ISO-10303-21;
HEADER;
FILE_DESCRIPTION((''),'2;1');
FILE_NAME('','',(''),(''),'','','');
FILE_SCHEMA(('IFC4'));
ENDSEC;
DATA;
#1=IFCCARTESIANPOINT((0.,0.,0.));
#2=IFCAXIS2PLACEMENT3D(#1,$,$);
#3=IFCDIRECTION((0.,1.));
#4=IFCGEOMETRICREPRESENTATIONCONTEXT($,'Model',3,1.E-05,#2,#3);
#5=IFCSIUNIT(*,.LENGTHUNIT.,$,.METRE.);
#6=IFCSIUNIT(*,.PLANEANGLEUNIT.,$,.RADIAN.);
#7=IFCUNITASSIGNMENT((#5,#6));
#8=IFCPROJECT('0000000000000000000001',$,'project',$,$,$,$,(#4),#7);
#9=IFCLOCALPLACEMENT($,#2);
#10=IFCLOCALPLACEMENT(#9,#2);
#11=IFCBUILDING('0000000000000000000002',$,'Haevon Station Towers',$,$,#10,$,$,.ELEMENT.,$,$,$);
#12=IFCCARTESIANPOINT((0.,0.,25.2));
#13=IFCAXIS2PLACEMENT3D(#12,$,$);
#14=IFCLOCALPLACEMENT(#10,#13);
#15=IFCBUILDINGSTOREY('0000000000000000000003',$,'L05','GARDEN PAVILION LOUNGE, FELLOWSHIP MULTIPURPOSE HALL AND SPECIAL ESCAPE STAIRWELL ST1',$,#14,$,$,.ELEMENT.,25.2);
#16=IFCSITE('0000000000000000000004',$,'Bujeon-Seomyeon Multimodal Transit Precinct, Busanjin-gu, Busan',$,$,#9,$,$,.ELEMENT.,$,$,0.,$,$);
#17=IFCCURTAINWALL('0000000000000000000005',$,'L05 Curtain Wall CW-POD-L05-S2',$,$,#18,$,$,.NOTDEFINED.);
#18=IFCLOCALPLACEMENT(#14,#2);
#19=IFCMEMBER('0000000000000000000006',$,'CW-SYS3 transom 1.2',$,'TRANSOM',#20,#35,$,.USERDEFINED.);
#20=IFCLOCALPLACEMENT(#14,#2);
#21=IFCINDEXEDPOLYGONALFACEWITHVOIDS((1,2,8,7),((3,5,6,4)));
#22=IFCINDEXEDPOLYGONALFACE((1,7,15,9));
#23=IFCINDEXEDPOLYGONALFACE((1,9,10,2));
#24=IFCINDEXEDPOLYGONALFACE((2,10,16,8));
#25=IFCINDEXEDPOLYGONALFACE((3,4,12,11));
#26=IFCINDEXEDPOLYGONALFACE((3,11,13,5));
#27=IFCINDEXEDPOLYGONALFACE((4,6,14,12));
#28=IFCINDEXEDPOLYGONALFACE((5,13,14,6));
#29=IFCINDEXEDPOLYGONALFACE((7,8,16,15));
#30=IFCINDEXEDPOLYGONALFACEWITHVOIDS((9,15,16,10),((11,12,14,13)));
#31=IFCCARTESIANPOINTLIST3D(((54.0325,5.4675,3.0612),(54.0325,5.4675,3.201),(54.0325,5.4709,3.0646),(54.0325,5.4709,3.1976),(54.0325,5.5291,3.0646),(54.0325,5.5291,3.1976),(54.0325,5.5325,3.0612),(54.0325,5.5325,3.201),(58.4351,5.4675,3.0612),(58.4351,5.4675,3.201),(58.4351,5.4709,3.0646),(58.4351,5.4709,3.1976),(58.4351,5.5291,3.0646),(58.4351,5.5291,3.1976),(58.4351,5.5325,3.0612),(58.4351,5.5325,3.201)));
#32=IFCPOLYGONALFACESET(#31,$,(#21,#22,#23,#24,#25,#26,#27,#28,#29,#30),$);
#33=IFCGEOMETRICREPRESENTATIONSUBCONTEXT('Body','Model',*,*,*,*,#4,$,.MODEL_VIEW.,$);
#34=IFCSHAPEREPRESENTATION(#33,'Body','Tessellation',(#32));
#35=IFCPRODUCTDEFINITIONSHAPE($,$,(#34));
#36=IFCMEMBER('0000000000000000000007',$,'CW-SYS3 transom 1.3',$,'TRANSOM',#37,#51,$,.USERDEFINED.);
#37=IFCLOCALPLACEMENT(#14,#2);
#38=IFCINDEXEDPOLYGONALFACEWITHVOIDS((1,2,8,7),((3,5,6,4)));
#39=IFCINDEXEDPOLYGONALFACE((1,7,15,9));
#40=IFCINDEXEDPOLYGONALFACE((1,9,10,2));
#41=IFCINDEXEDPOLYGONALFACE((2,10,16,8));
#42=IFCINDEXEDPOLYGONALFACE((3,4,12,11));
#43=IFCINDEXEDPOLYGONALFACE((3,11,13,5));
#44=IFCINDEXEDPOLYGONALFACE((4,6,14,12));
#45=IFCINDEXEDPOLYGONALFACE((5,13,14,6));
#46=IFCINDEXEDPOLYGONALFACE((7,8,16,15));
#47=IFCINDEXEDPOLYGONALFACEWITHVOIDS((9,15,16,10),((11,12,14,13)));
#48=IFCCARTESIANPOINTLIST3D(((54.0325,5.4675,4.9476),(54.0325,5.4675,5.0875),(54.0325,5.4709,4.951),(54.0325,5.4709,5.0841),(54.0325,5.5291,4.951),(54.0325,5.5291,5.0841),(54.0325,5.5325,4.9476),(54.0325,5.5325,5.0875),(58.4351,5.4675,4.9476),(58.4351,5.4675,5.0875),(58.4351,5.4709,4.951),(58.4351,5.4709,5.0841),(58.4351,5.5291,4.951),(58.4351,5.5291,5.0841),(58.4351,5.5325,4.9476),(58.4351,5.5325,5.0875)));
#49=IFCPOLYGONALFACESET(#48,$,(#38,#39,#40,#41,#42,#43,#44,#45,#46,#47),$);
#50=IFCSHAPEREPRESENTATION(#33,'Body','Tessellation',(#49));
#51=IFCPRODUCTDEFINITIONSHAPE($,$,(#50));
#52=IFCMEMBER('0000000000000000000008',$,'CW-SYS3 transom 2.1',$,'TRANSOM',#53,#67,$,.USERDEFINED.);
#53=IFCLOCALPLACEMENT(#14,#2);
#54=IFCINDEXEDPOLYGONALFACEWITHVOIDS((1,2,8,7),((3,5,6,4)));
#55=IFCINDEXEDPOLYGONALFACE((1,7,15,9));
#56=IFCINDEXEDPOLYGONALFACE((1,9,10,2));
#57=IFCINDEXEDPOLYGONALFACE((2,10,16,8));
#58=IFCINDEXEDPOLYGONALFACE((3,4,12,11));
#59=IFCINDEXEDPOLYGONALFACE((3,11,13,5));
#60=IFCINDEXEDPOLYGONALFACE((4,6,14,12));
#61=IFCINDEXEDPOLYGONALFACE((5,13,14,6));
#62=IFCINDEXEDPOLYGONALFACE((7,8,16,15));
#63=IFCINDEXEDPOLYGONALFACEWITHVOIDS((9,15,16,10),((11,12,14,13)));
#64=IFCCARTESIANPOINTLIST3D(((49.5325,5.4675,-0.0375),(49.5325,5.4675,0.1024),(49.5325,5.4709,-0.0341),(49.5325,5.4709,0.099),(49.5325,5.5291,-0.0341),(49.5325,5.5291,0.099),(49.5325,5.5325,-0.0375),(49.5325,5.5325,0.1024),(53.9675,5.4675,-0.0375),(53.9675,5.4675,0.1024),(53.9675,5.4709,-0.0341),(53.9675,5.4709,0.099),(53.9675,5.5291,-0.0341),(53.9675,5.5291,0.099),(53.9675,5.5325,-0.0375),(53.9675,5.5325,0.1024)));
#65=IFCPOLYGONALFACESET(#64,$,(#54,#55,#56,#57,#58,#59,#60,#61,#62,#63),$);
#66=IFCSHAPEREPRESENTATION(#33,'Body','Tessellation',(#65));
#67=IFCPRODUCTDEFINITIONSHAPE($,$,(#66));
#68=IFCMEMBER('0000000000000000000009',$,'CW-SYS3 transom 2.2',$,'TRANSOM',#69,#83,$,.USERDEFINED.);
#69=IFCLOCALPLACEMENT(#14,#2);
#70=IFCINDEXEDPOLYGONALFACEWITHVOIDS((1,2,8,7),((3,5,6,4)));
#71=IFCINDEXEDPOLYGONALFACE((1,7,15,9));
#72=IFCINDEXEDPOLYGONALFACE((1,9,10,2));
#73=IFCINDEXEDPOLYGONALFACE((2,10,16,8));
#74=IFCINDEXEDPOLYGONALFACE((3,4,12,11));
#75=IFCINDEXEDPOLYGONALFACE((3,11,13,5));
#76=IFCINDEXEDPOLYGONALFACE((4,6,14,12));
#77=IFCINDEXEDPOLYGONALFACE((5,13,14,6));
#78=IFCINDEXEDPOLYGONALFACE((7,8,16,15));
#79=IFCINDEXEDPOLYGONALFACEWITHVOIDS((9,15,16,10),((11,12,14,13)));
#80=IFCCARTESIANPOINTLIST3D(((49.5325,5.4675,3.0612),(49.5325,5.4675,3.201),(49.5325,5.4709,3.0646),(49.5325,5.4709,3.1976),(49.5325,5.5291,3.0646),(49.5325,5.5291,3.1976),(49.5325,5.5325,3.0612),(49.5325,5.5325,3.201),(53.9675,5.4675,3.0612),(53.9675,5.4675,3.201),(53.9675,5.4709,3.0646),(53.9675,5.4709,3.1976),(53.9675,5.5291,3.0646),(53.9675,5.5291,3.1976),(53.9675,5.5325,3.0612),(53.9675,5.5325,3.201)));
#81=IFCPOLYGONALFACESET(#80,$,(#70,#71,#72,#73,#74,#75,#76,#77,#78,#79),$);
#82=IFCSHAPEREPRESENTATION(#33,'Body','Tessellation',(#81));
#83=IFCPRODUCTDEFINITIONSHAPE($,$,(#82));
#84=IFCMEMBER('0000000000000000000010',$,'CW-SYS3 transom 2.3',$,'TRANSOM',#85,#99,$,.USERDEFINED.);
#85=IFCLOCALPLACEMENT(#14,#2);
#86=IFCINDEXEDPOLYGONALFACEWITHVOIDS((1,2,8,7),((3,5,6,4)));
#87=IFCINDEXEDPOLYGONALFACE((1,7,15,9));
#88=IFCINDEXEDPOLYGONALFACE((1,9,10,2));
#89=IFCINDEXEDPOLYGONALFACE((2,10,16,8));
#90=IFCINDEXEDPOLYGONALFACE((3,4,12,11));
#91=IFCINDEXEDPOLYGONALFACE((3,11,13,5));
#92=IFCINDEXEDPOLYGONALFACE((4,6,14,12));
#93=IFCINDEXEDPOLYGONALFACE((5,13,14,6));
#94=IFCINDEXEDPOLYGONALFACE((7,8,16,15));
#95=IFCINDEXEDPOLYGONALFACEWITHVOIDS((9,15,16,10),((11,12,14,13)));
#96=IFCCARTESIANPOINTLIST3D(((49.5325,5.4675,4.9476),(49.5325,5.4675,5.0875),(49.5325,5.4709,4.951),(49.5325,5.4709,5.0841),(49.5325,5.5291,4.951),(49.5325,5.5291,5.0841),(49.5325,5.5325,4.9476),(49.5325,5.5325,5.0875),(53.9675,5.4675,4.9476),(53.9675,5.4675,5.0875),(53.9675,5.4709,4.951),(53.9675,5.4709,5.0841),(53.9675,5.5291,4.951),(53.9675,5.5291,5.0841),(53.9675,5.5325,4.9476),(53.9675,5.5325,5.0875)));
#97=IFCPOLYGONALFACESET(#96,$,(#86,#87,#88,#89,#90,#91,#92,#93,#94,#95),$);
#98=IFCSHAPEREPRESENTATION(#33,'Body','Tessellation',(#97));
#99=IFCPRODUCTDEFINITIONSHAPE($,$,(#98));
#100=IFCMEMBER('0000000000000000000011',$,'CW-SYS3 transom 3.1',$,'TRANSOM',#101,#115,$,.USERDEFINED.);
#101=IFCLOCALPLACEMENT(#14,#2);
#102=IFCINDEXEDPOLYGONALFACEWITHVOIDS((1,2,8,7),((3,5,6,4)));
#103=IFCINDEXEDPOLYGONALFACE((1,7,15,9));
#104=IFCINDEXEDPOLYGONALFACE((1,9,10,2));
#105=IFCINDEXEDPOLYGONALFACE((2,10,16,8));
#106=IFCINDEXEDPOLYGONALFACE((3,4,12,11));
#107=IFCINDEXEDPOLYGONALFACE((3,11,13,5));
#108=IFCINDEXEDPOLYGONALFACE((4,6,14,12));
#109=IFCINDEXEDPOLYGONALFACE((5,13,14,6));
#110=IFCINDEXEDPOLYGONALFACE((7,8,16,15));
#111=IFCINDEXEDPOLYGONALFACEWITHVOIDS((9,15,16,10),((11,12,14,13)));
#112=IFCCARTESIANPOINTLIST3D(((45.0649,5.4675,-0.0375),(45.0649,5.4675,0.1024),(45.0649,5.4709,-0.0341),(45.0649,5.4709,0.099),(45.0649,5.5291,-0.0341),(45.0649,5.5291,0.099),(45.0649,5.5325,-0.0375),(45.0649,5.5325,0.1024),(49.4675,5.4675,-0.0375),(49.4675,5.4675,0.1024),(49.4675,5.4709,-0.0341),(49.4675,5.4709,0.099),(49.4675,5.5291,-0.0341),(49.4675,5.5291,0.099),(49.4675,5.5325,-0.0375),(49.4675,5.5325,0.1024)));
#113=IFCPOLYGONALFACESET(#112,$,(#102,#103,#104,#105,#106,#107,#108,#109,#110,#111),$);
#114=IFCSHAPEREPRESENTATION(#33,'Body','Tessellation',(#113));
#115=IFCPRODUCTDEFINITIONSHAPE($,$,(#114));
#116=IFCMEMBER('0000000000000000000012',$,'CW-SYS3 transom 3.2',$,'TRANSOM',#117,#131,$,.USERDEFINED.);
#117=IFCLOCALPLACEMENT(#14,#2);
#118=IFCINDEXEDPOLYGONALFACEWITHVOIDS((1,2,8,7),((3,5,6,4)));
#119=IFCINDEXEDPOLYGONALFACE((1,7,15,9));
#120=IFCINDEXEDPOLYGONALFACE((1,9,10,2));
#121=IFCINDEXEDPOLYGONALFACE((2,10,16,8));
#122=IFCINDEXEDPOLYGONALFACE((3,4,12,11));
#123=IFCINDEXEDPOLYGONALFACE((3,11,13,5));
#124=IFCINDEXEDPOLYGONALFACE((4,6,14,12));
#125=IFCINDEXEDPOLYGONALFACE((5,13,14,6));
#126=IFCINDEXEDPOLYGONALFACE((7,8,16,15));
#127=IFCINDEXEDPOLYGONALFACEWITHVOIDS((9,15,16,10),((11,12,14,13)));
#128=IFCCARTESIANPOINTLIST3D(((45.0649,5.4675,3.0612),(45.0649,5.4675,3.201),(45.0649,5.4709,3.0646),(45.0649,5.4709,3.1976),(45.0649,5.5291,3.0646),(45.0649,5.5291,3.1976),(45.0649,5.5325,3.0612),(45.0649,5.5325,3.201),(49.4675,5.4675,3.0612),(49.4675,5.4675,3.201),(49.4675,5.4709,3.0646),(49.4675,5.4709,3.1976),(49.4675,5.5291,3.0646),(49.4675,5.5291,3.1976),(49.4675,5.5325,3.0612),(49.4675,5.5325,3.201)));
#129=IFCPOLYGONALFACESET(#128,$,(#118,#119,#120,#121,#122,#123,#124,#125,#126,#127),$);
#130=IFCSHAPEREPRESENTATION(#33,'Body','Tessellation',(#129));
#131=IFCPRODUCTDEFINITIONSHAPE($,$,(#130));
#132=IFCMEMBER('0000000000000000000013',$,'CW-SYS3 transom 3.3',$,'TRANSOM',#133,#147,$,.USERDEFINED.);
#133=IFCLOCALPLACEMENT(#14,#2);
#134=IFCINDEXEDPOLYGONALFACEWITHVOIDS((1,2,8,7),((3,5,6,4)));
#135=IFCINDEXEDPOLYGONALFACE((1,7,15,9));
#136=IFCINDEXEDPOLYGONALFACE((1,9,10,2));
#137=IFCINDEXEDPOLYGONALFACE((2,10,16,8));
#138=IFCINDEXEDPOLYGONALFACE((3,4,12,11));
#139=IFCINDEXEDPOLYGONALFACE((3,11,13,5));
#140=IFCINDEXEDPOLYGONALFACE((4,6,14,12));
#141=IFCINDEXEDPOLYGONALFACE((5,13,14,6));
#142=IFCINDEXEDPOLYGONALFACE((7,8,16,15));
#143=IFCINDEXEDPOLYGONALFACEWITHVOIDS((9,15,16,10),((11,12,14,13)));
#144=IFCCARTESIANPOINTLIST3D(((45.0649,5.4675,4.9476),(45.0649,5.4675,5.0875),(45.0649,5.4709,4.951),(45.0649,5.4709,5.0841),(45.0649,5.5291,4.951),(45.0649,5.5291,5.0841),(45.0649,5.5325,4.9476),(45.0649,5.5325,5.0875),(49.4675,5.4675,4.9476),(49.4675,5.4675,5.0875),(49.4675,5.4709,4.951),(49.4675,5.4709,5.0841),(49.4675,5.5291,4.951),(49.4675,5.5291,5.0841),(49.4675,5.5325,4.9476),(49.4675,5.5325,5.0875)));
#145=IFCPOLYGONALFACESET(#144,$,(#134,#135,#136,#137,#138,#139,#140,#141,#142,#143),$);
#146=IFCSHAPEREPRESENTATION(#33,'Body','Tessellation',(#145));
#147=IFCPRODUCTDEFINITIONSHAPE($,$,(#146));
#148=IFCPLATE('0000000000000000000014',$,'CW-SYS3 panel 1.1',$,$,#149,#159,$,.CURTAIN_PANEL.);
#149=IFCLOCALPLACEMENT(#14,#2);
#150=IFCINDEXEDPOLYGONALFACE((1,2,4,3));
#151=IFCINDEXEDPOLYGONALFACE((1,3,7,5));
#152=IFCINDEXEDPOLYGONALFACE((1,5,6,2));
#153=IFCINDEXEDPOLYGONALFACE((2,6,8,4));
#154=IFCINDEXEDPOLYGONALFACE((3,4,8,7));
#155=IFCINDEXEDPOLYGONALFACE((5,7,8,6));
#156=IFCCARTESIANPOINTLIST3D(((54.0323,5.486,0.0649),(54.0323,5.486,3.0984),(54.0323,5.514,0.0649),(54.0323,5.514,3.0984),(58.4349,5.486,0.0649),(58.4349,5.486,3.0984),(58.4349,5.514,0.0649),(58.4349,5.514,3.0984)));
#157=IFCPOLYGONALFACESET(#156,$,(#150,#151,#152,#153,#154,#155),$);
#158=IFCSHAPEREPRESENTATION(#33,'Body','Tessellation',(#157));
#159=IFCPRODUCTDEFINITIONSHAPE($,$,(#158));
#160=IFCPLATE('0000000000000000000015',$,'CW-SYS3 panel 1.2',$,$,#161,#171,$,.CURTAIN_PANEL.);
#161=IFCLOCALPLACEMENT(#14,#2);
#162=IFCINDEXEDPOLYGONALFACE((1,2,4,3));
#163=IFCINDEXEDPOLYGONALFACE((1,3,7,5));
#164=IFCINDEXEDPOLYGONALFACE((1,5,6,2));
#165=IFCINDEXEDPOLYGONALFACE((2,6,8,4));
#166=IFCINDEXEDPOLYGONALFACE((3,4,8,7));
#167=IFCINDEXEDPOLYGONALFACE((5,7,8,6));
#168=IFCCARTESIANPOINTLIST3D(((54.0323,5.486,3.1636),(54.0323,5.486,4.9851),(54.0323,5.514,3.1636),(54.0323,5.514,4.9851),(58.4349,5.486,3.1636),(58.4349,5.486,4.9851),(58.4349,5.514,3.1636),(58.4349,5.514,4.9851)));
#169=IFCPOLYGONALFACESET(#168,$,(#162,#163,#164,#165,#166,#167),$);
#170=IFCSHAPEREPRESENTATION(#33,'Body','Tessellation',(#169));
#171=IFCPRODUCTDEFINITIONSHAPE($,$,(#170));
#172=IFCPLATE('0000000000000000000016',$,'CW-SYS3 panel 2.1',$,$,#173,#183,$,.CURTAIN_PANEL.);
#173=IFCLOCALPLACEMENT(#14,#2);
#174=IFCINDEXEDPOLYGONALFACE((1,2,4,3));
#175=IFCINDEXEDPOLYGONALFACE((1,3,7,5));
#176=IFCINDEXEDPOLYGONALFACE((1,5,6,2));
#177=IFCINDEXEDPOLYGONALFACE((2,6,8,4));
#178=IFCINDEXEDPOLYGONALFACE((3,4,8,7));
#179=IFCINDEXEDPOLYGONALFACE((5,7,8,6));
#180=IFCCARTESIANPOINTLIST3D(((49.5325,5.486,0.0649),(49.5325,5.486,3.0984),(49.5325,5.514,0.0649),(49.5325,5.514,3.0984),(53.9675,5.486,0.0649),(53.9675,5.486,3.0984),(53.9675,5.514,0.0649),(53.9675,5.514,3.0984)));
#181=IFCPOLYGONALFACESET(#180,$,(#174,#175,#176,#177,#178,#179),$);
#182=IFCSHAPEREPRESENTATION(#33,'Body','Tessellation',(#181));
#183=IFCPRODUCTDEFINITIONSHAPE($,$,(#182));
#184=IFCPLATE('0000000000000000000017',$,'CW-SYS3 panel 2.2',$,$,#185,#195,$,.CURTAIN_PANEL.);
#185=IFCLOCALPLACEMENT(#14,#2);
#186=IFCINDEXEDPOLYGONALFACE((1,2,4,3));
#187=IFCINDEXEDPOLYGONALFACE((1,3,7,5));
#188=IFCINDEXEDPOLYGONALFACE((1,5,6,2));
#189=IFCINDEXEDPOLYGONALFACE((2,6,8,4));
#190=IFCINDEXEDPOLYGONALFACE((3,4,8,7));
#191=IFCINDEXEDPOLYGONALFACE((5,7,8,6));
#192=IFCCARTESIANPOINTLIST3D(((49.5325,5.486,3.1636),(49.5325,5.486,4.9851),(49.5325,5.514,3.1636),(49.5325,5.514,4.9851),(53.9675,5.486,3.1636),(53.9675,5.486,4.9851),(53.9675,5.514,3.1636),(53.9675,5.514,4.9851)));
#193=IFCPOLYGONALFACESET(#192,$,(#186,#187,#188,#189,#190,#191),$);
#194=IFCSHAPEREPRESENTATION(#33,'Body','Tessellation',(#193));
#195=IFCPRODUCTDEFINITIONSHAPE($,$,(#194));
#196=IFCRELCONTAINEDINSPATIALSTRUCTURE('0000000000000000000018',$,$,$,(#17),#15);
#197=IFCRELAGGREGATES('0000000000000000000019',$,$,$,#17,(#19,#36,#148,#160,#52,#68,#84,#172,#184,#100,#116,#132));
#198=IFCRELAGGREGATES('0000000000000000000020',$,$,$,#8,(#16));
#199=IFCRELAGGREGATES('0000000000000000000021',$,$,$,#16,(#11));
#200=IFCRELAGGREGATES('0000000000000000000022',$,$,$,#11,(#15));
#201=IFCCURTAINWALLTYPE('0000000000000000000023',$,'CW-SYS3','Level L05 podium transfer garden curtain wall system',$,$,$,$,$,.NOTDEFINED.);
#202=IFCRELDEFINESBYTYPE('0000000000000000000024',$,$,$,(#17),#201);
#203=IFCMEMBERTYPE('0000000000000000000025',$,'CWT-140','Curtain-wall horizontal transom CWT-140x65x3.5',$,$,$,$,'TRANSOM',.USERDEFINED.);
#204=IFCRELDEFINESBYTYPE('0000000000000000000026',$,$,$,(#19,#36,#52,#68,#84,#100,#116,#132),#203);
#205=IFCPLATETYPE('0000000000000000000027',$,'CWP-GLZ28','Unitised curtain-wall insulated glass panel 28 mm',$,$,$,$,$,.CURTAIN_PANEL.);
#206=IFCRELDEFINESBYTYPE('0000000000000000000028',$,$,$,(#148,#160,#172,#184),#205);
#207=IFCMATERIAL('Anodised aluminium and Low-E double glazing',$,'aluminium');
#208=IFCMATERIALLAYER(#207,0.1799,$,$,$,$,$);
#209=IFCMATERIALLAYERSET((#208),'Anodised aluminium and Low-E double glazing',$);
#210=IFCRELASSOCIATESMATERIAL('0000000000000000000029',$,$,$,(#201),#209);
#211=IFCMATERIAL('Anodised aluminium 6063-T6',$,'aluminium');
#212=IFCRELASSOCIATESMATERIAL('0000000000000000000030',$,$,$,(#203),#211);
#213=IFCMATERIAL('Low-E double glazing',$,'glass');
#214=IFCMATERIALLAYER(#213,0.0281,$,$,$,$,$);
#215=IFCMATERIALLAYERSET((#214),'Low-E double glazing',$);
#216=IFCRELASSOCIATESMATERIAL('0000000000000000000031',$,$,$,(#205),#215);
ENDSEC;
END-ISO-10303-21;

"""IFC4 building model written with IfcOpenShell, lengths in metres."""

from ifc_helpers import new_model, si_unit, direction, frame, origin, origin_2d, place, context, subcontext, project, spatial, rectangle, hollow_rectangle, extrude, material, layer, layer_set, material_profile, profile_set, type_object, element, aggregate, save


model = new_model("IFC4")

# Units and contexts
model_context = context("Model", 3, precision=1e-05, world=origin(), true_north=direction((0.0, 1.0)))
body_context = subcontext(model_context, "Body", "Model", "MODEL_VIEW")
ifc_project = project(units=[si_unit("LENGTHUNIT", "METRE"), si_unit("PLANEANGLEUNIT", "RADIAN")], contexts=[model_context])

# Site, building, storey
site_placement = place(None, origin())
site = spatial("IfcSite", under=ifc_project, at=site_placement, Name="Bujeon-Seomyeon Multimodal Transit Precinct, Busanjin-gu, Busan", CompositionType="ELEMENT", RefElevation=0.0)
building_placement = place(site_placement, origin())
building = spatial("IfcBuilding", under=site, at=building_placement, Name="Haevon Station Towers", CompositionType="ELEMENT")
storey_placement = place(building_placement, frame((0.0, 0.0, 25.2)))
storey = spatial("IfcBuildingStorey", under=building, at=storey_placement, Name="L05", Description="GARDEN PAVILION LOUNGE, FELLOWSHIP MULTIPURPOSE HALL AND SPECIAL ESCAPE STAIRWELL ST1", CompositionType="ELEMENT", Elevation=25.2)

# Curtain wall, members, plates
ifc_material_1 = material(Name="Anodised aluminium and Low-E double glazing", Category="aluminium")
ifc_layer_1 = layer(ifc_material_1, 0.1799)
ifc_layer_set_1 = layer_set([ifc_layer_1], Name="Anodised aluminium and Low-E double glazing")
curtain_wall_type = type_object("IfcCurtainWallType", Name="CW-SYS3", Description="Level L05 podium transfer garden curtain wall system", PredefinedType="NOTDEFINED", material=ifc_layer_set_1)
curtain_wall_placement = place(storey_placement, origin())
curtain_wall = element("IfcCurtainWall", 1, at=curtain_wall_placement, inside=storey, type_object=curtain_wall_type, Name="L05 Curtain Wall CW-POD-L05-S2", PredefinedType="NOTDEFINED")
ifc_material_2 = material(Name="Anodised aluminium 6063-T6", Category="aluminium")
ifc_material_profile_1 = material_profile(ifc_material_2, hollow_rectangle(XDim=0.0649, YDim=0.1399, WallThickness=0.0034, at=origin_2d()), Name="CWT-140x65x3.5")
ifc_profile_set_1 = profile_set([ifc_material_profile_1], Name="Anodised aluminium 6063-T6")
member_type_1 = type_object("IfcMemberType", Name="CWT-140", Description="Curtain-wall horizontal transom CWT-140x65x3.5", ElementType="TRANSOM", PredefinedType="USERDEFINED", material=ifc_profile_set_1)
member_1_placement = place(storey_placement, frame((58.4351, 5.5, 3.1311), z_axis=(-1.0, 0.0, 0.0), x_axis=(0.0, -1.0, 0.0)))
member_1 = element("IfcMember", 2, at=member_1_placement, type_object=member_type_1, Name="CW-SYS3 transom 1.2", ObjectType="TRANSOM", PredefinedType="USERDEFINED", context=body_context, shape_type="SweptSolid", body=[
    extrude(hollow_rectangle(XDim=0.0649, YDim=0.1399, WallThickness=0.0034, at=origin_2d()), origin(), (0.0, 0.0, 1.0), 4.4026),
])
member_2_placement = place(storey_placement, frame((58.4351, 5.5, 5.0176), z_axis=(-1.0, 0.0, 0.0), x_axis=(0.0, -1.0, 0.0)))
member_2 = element("IfcMember", 3, at=member_2_placement, type_object=member_type_1, Name="CW-SYS3 transom 1.3", ObjectType="TRANSOM", PredefinedType="USERDEFINED", context=body_context, shape_type="SweptSolid", body=[
    extrude(hollow_rectangle(XDim=0.0649, YDim=0.1399, WallThickness=0.0034, at=origin_2d()), origin(), (0.0, 0.0, 1.0), 4.4026),
])
member_3_placement = place(storey_placement, frame((53.9675, 5.5, 0.0325), z_axis=(-1.0, 0.0, 0.0), x_axis=(0.0, -1.0, 0.0)))
member_3 = element("IfcMember", 4, at=member_3_placement, type_object=member_type_1, Name="CW-SYS3 transom 2.1", ObjectType="TRANSOM", PredefinedType="USERDEFINED", context=body_context, shape_type="SweptSolid", body=[
    extrude(hollow_rectangle(XDim=0.0649, YDim=0.1399, WallThickness=0.0034, at=origin_2d()), origin(), (0.0, 0.0, 1.0), 4.4351),
])
member_4_placement = place(storey_placement, frame((53.9675, 5.5, 3.1311), z_axis=(-1.0, 0.0, 0.0), x_axis=(0.0, -1.0, 0.0)))
member_4 = element("IfcMember", 5, at=member_4_placement, type_object=member_type_1, Name="CW-SYS3 transom 2.2", ObjectType="TRANSOM", PredefinedType="USERDEFINED", context=body_context, shape_type="SweptSolid", body=[
    extrude(hollow_rectangle(XDim=0.0649, YDim=0.1399, WallThickness=0.0034, at=origin_2d()), origin(), (0.0, 0.0, 1.0), 4.4351),
])
member_5_placement = place(storey_placement, frame((53.9675, 5.5, 5.0176), z_axis=(-1.0, 0.0, 0.0), x_axis=(0.0, -1.0, 0.0)))
member_5 = element("IfcMember", 6, at=member_5_placement, type_object=member_type_1, Name="CW-SYS3 transom 2.3", ObjectType="TRANSOM", PredefinedType="USERDEFINED", context=body_context, shape_type="SweptSolid", body=[
    extrude(hollow_rectangle(XDim=0.0649, YDim=0.1399, WallThickness=0.0034, at=origin_2d()), origin(), (0.0, 0.0, 1.0), 4.4351),
])
member_6_placement = place(storey_placement, frame((49.4675, 5.5, 0.0325), z_axis=(-1.0, 0.0, 0.0), x_axis=(0.0, -1.0, 0.0)))
member_6 = element("IfcMember", 7, at=member_6_placement, type_object=member_type_1, Name="CW-SYS3 transom 3.1", ObjectType="TRANSOM", PredefinedType="USERDEFINED", context=body_context, shape_type="SweptSolid", body=[
    extrude(hollow_rectangle(XDim=0.0649, YDim=0.1399, WallThickness=0.0034, at=origin_2d()), origin(), (0.0, 0.0, 1.0), 4.4026),
])
member_7_placement = place(storey_placement, frame((49.4675, 5.5, 3.1311), z_axis=(-1.0, 0.0, 0.0), x_axis=(0.0, -1.0, 0.0)))
member_7 = element("IfcMember", 8, at=member_7_placement, type_object=member_type_1, Name="CW-SYS3 transom 3.2", ObjectType="TRANSOM", PredefinedType="USERDEFINED", context=body_context, shape_type="SweptSolid", body=[
    extrude(hollow_rectangle(XDim=0.0649, YDim=0.1399, WallThickness=0.0034, at=origin_2d()), origin(), (0.0, 0.0, 1.0), 4.4026),
])
member_8_placement = place(storey_placement, frame((49.4675, 5.5, 5.0176), z_axis=(-1.0, 0.0, 0.0), x_axis=(0.0, -1.0, 0.0)))
member_8 = element("IfcMember", 9, at=member_8_placement, type_object=member_type_1, Name="CW-SYS3 transom 3.3", ObjectType="TRANSOM", PredefinedType="USERDEFINED", context=body_context, shape_type="SweptSolid", body=[
    extrude(hollow_rectangle(XDim=0.0649, YDim=0.1399, WallThickness=0.0034, at=origin_2d()), origin(), (0.0, 0.0, 1.0), 4.4026),
])
ifc_material_3 = material(Name="Low-E double glazing", Category="glass")
ifc_layer_2 = layer(ifc_material_3, 0.0281)
ifc_layer_set_2 = layer_set([ifc_layer_2], Name="Low-E double glazing")
plate_type = type_object("IfcPlateType", Name="CWP-GLZ28", Description="Unitised curtain-wall insulated glass panel 28 mm", PredefinedType="CURTAIN_PANEL", material=ifc_layer_set_2)
plate_1_placement = place(storey_placement, frame((56.2336, 5.5, 0.0649), z_axis=(0.0, 0.0, 1.0), x_axis=(-1.0, 0.0, 0.0)))
plate_1 = element("IfcPlate", 10, at=plate_1_placement, type_object=plate_type, Name="CW-SYS3 panel 1.1", PredefinedType="CURTAIN_PANEL", context=body_context, shape_type="SweptSolid", body=[
    extrude(rectangle(XDim=4.4026, YDim=0.0281, at=origin_2d()), origin(), (0.0, 0.0, 1.0), 3.0334),
])
plate_2_placement = place(storey_placement, frame((56.2336, 5.5, 3.1636), z_axis=(0.0, 0.0, 1.0), x_axis=(-1.0, 0.0, 0.0)))
plate_2 = element("IfcPlate", 11, at=plate_2_placement, type_object=plate_type, Name="CW-SYS3 panel 1.2", PredefinedType="CURTAIN_PANEL", context=body_context, shape_type="SweptSolid", body=[
    extrude(rectangle(XDim=4.4026, YDim=0.0281, at=origin_2d()), origin(), (0.0, 0.0, 1.0), 1.8215),
])
plate_3_placement = place(storey_placement, frame((51.75, 5.5, 0.0649), z_axis=(0.0, 0.0, 1.0), x_axis=(-1.0, 0.0, 0.0)))
plate_3 = element("IfcPlate", 12, at=plate_3_placement, type_object=plate_type, Name="CW-SYS3 panel 2.1", PredefinedType="CURTAIN_PANEL", context=body_context, shape_type="SweptSolid", body=[
    extrude(rectangle(XDim=4.4351, YDim=0.0281, at=origin_2d()), origin(), (0.0, 0.0, 1.0), 3.0334),
])
plate_4_placement = place(storey_placement, frame((51.75, 5.5, 3.1636), z_axis=(0.0, 0.0, 1.0), x_axis=(-1.0, 0.0, 0.0)))
plate_4 = element("IfcPlate", 13, at=plate_4_placement, type_object=plate_type, Name="CW-SYS3 panel 2.2", PredefinedType="CURTAIN_PANEL", context=body_context, shape_type="SweptSolid", body=[
    extrude(rectangle(XDim=4.4351, YDim=0.0281, at=origin_2d()), origin(), (0.0, 0.0, 1.0), 1.8215),
])
aggregate(curtain_wall, [member_1, member_2, plate_1, plate_2, member_3, member_4, member_5, plate_3, plate_4, member_6, member_7, member_8])

save(model, "model.ifc")
